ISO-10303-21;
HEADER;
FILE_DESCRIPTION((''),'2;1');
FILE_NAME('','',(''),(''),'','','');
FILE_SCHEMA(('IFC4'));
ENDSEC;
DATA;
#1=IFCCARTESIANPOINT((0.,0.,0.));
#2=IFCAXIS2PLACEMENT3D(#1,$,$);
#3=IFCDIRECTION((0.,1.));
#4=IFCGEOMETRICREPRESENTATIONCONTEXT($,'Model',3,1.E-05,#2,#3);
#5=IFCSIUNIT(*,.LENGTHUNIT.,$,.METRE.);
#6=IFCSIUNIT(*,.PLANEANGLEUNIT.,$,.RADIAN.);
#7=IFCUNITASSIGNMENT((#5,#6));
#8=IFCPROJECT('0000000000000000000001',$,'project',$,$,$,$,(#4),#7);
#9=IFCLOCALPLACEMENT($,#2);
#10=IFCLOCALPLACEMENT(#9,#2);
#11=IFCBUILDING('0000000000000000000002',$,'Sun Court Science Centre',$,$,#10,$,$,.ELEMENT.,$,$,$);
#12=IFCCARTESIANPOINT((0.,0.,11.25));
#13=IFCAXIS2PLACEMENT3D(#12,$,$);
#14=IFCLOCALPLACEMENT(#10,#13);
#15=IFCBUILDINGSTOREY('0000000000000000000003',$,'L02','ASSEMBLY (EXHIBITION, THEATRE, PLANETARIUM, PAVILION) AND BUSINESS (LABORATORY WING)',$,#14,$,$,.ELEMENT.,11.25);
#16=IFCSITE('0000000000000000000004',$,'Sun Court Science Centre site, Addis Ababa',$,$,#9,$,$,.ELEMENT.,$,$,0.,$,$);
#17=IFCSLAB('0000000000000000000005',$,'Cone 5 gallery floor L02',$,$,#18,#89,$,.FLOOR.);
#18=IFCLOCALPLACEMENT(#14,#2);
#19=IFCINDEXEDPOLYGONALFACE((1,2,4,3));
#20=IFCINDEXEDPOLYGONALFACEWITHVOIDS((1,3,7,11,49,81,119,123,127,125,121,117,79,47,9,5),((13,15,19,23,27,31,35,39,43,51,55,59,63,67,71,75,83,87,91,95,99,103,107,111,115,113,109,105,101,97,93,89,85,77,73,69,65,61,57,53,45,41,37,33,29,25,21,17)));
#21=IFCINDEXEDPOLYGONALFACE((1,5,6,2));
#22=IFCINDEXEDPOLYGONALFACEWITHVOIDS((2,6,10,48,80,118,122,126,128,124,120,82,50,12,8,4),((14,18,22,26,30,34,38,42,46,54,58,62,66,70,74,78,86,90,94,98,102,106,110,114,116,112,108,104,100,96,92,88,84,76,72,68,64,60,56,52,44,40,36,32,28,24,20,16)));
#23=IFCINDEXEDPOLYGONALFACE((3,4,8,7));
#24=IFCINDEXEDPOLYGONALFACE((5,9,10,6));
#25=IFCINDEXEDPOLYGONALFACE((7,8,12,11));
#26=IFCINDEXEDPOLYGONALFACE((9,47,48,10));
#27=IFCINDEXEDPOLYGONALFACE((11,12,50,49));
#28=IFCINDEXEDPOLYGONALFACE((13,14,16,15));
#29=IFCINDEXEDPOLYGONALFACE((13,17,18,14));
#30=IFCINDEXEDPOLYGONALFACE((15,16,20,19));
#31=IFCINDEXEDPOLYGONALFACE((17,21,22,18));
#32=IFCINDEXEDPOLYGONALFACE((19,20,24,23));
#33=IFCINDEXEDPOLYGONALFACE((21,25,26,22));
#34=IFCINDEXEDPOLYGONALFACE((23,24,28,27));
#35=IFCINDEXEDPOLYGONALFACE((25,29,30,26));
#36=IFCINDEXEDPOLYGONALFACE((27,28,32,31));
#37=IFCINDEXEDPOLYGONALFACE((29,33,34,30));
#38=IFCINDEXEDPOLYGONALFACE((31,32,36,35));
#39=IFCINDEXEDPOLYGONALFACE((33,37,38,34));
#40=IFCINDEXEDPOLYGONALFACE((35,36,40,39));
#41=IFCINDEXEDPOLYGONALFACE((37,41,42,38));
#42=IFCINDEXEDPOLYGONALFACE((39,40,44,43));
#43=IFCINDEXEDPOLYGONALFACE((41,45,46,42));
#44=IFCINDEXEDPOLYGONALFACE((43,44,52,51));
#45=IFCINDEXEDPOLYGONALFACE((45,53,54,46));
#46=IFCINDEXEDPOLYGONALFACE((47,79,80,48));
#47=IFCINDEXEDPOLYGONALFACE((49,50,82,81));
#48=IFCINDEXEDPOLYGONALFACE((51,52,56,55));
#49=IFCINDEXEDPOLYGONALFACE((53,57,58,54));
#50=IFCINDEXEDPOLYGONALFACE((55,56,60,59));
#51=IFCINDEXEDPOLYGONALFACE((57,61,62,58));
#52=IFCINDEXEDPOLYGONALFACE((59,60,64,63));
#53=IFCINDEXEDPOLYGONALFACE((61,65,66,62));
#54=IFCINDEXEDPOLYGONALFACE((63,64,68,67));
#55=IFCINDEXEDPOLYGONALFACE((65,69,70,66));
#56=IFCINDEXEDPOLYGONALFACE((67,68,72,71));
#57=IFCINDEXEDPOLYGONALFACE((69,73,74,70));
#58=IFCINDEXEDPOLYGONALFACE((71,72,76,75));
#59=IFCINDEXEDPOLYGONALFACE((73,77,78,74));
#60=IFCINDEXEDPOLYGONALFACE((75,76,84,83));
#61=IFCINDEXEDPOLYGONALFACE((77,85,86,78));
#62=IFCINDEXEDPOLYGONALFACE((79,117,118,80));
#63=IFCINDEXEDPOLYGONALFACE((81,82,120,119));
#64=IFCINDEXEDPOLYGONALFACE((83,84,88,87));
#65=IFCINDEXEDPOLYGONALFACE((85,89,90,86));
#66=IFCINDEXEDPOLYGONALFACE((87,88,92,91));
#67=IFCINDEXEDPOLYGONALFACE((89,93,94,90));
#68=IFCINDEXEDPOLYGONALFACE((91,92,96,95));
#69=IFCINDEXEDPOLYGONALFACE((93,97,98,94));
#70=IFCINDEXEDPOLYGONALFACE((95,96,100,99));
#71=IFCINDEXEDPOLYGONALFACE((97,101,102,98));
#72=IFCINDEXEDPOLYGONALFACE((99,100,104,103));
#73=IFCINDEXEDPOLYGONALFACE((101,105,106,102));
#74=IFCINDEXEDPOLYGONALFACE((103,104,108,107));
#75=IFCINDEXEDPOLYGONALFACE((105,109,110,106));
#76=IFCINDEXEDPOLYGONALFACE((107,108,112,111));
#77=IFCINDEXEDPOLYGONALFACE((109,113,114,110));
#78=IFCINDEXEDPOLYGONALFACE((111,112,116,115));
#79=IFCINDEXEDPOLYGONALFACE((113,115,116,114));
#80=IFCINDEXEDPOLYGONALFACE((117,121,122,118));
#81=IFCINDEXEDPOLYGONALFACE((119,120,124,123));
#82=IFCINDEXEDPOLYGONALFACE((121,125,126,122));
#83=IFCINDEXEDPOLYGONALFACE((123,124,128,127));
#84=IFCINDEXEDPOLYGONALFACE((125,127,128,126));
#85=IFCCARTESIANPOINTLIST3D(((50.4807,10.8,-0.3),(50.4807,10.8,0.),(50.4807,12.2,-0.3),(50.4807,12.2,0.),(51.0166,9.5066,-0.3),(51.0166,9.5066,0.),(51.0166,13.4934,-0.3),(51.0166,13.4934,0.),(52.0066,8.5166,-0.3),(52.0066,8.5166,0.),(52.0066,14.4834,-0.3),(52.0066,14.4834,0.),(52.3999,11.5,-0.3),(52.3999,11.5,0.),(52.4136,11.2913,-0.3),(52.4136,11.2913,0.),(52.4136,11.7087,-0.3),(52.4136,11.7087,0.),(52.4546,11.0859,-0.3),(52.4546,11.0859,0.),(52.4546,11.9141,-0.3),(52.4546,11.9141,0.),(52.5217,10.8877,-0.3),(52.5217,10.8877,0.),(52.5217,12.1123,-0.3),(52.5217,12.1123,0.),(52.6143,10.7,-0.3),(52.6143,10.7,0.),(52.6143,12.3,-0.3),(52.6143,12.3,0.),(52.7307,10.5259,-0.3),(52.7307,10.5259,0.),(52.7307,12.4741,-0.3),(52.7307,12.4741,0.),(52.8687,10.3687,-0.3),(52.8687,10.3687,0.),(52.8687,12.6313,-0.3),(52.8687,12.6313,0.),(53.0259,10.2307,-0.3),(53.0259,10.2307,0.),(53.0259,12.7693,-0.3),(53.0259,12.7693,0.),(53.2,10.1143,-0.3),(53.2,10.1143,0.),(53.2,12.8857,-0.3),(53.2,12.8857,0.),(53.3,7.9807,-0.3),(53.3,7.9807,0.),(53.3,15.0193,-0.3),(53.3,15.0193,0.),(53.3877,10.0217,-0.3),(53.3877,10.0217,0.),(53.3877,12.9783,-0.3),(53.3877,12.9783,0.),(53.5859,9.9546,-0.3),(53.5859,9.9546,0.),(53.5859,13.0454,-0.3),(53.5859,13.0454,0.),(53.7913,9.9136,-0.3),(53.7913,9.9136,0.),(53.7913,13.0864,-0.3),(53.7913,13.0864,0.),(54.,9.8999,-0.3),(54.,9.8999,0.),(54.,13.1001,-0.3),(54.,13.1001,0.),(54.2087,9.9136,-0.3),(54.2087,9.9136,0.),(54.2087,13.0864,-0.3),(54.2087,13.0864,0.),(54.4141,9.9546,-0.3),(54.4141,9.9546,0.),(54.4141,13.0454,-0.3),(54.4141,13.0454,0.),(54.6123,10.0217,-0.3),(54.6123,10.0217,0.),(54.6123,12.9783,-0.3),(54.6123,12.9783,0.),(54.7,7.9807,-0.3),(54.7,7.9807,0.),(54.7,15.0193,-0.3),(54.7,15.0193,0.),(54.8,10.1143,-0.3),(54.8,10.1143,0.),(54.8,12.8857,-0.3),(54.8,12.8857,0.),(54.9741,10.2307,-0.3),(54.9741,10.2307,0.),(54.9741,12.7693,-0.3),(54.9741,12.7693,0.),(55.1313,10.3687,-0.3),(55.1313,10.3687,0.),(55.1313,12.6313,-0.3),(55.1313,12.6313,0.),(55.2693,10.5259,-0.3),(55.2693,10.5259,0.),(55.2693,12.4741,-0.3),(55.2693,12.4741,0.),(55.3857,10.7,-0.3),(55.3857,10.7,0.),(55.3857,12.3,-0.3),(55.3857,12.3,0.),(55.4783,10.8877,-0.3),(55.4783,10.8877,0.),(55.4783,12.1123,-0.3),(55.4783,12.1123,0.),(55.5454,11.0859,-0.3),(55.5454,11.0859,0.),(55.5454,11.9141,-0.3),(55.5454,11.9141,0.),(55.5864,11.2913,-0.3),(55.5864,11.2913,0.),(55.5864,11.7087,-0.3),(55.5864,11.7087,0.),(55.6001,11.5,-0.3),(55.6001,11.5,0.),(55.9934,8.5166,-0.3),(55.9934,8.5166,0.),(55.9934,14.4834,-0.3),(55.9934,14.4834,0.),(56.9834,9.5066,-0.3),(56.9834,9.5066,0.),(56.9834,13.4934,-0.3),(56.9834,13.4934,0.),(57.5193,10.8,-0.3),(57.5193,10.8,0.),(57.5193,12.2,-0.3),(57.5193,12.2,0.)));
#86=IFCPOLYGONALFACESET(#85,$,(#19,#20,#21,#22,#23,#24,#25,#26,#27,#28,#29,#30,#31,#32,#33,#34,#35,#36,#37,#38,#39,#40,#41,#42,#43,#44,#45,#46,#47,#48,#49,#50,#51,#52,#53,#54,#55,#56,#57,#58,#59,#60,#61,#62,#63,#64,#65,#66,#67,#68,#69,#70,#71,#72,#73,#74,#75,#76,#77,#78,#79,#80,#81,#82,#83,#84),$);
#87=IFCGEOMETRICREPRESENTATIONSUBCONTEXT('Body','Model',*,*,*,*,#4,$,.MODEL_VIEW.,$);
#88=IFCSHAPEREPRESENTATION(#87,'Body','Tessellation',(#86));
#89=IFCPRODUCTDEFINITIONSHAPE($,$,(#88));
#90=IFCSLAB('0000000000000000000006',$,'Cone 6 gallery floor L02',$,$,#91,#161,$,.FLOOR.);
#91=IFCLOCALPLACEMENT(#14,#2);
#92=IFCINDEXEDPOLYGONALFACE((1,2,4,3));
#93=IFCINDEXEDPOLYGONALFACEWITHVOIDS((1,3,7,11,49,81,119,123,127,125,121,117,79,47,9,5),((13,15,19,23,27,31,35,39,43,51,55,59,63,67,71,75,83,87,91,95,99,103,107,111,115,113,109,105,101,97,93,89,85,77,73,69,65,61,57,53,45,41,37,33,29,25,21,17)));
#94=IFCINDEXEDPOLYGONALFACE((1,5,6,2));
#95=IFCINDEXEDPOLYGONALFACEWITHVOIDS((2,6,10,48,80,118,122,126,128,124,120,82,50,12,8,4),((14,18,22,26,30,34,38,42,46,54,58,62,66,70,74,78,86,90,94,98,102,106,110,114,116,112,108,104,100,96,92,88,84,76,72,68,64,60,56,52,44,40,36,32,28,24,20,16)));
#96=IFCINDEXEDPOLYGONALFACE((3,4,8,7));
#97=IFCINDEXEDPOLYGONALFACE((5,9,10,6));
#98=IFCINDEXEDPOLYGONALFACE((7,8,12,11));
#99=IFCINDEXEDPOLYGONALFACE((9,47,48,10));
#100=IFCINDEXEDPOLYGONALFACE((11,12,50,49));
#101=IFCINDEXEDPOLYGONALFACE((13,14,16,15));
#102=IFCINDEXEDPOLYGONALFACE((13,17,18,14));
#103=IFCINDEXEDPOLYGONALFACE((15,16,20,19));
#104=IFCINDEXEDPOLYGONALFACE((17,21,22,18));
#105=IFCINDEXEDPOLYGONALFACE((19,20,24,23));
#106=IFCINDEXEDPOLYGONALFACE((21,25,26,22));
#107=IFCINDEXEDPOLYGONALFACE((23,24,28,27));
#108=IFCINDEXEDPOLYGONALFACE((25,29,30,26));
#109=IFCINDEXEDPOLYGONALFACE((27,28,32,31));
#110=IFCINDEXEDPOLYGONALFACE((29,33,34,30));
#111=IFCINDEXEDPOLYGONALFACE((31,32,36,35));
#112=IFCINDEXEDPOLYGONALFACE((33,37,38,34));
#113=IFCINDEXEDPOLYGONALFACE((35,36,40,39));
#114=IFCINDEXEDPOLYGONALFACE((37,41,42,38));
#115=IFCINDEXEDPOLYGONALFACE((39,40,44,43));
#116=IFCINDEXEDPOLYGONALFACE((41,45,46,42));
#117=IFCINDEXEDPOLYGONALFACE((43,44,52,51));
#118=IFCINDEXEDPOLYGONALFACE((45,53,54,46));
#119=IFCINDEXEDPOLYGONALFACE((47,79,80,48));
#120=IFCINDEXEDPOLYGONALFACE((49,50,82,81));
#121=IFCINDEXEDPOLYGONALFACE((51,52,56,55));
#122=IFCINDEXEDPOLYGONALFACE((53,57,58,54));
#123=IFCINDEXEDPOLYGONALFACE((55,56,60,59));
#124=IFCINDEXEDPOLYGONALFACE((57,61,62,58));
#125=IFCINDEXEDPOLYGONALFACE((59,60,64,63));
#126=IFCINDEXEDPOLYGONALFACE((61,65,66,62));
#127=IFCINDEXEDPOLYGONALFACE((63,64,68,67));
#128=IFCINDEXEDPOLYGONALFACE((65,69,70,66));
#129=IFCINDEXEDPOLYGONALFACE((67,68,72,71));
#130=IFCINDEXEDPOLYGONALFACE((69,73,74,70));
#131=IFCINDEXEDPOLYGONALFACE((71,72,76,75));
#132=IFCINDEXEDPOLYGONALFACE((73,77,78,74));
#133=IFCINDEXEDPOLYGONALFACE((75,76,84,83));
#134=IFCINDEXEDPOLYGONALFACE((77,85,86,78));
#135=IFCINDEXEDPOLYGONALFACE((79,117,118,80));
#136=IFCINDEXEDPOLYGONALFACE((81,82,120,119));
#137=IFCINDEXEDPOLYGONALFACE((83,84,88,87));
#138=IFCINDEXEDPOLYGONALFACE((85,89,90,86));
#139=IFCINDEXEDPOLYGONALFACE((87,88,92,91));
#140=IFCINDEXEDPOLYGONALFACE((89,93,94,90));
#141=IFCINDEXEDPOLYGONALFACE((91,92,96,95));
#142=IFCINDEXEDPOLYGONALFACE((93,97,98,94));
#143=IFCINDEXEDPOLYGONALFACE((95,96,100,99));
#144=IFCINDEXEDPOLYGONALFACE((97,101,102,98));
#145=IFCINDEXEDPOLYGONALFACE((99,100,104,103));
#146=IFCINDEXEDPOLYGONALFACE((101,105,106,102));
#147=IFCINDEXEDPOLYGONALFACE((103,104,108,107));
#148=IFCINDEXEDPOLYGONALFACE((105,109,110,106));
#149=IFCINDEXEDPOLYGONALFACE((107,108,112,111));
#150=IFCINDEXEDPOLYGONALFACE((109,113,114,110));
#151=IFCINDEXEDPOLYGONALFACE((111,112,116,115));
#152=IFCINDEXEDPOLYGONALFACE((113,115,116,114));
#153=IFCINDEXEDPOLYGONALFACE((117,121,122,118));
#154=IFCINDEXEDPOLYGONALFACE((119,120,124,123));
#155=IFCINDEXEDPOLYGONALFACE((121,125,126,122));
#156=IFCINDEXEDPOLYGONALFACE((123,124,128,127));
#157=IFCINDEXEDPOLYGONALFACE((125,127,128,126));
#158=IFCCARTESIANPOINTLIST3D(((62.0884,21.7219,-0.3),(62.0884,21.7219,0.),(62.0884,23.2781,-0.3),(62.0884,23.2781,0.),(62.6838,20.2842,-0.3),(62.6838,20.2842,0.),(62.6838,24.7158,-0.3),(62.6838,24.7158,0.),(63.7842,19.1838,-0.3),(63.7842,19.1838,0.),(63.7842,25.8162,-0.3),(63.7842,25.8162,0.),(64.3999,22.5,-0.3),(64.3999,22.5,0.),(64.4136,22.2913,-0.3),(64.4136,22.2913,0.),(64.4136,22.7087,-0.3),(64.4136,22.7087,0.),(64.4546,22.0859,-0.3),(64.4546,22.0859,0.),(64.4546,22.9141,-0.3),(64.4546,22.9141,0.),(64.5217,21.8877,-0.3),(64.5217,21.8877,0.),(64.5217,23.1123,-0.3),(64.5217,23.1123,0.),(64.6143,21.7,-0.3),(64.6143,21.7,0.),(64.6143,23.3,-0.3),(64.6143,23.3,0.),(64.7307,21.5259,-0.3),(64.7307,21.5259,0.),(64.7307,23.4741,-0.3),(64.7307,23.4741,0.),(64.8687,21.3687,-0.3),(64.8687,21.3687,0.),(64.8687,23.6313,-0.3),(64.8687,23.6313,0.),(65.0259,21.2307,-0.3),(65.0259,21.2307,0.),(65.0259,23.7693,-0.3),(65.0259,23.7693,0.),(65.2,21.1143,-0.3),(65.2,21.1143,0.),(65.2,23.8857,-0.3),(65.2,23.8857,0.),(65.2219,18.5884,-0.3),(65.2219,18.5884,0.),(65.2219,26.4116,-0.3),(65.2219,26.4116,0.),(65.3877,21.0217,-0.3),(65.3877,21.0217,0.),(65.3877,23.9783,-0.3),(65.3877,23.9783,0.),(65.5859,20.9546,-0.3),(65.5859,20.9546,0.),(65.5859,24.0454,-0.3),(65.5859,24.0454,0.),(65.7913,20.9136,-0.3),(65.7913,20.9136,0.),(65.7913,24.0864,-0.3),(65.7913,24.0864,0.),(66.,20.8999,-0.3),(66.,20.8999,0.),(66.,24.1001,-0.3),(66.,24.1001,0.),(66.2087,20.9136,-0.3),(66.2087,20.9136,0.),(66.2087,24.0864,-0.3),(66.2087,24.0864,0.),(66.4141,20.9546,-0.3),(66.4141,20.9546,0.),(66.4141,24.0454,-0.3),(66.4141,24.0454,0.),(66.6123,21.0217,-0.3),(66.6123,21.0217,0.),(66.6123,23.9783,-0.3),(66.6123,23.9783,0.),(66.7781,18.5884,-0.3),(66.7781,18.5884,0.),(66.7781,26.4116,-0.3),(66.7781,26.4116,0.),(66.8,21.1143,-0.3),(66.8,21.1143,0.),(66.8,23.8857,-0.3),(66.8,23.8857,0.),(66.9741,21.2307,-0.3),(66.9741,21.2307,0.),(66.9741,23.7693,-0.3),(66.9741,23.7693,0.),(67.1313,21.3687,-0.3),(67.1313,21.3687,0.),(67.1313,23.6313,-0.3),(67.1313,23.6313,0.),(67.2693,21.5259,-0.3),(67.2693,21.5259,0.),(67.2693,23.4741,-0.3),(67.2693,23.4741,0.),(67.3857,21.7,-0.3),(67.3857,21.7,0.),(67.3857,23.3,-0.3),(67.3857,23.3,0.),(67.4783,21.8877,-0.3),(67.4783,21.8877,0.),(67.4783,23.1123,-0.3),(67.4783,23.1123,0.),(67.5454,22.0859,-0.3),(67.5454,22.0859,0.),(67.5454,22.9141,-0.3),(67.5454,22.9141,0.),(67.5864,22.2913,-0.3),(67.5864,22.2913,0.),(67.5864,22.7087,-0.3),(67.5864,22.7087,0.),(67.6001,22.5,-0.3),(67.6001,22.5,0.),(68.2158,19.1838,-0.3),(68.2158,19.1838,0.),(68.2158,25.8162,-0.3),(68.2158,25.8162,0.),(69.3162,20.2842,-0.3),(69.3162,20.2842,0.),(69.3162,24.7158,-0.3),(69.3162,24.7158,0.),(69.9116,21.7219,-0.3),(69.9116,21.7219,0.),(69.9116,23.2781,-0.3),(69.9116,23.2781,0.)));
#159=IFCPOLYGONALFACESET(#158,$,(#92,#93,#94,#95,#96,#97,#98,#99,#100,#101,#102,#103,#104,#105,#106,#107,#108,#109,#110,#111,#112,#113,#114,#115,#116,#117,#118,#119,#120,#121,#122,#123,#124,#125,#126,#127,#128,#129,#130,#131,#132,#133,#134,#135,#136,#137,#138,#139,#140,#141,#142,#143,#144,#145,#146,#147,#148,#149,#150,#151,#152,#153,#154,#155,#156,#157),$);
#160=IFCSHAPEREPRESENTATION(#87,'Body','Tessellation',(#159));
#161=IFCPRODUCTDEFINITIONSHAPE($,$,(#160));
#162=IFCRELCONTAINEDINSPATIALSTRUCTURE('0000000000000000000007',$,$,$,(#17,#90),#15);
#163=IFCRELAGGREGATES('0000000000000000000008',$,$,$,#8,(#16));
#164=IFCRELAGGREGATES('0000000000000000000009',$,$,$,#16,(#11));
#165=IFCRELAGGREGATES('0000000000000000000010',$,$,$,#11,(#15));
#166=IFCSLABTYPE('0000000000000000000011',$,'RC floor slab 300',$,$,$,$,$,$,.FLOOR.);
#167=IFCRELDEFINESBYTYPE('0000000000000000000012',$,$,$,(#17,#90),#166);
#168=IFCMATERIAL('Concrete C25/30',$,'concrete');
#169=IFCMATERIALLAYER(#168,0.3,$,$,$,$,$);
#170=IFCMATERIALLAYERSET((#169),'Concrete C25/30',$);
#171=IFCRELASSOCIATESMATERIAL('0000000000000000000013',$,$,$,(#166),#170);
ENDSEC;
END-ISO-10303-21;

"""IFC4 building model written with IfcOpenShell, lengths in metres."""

from ifc_helpers import new_model, si_unit, direction, frame, origin, place, context, subcontext, project, spatial, polyline, outline, extrude, material, layer, layer_set, type_object, element, save


model = new_model("IFC4")

# Units and contexts
model_context = context("Model", 3, precision=1e-05, world=origin(), true_north=direction((0.0, 1.0)))
body_context = subcontext(model_context, "Body", "Model", "MODEL_VIEW")
ifc_project = project(units=[si_unit("LENGTHUNIT", "METRE"), si_unit("PLANEANGLEUNIT", "RADIAN")], contexts=[model_context])

# Site, building, storey
site_placement = place(None, origin())
site = spatial("IfcSite", under=ifc_project, at=site_placement, Name="Sun Court Science Centre site, Addis Ababa", CompositionType="ELEMENT", RefElevation=0.0)
building_placement = place(site_placement, origin())
building = spatial("IfcBuilding", under=site, at=building_placement, Name="Sun Court Science Centre", CompositionType="ELEMENT")
storey_placement = place(building_placement, frame((0.0, 0.0, 11.25)))
storey = spatial("IfcBuildingStorey", under=building, at=storey_placement, Name="L02", Description="ASSEMBLY (EXHIBITION, THEATRE, PLANETARIUM, PAVILION) AND BUSINESS (LABORATORY WING)", CompositionType="ELEMENT", Elevation=11.25)

# Slabs
ifc_material_1 = material(Name="Concrete C25/30", Category="concrete")
ifc_layer_1 = layer(ifc_material_1, 0.3)
ifc_layer_set_1 = layer_set([ifc_layer_1], Name="Concrete C25/30")
slab_type = type_object("IfcSlabType", Name="RC floor slab 300", PredefinedType="FLOOR", material=ifc_layer_set_1)
slab_1_placement = place(storey_placement, frame((0.0, 0.0, -0.3)))
element("IfcSlab", 1, at=slab_1_placement, inside=storey, type_object=slab_type, Name="Cone 5 gallery floor L02", PredefinedType="FLOOR", context=body_context, shape_type="SweptSolid", body=[
    extrude(outline(polyline([(57.5193, 10.8), (57.5193, 12.2), (56.9834, 13.4934), (55.9934, 14.4834), (54.7, 15.0193), (53.3, 15.0193), (52.0066, 14.4834), (51.0166, 13.4934), (50.4807, 12.2), (50.4807, 10.8), (51.0166, 9.5066), (52.0066, 8.5166), (53.3, 7.9807), (54.7, 7.9807), (55.9934, 8.5166), (56.9834, 9.5066), (57.5193, 10.8)]), holes=[polyline([(55.5864, 11.7087), (55.6001, 11.5), (55.5864, 11.2913), (55.5454, 11.0859), (55.4783, 10.8877), (55.3857, 10.7), (55.2693, 10.5259), (55.1313, 10.3687), (54.9741, 10.2307), (54.8, 10.1143), (54.6123, 10.0217), (54.4141, 9.9546), (54.2087, 9.9136), (54.0, 9.8999), (53.7913, 9.9136), (53.5859, 9.9546), (53.3877, 10.0217), (53.2, 10.1143), (53.0259, 10.2307), (52.8687, 10.3687), (52.7307, 10.5259), (52.6143, 10.7), (52.5217, 10.8877), (52.4546, 11.0859), (52.4136, 11.2913), (52.3999, 11.5), (52.4136, 11.7087), (52.4546, 11.9141), (52.5217, 12.1123), (52.6143, 12.3), (52.7307, 12.4741), (52.8687, 12.6313), (53.0259, 12.7693), (53.2, 12.8857), (53.3877, 12.9783), (53.5859, 13.0454), (53.7913, 13.0864), (54.0, 13.1001), (54.2087, 13.0864), (54.4141, 13.0454), (54.6123, 12.9783), (54.8, 12.8857), (54.9741, 12.7693), (55.1313, 12.6313), (55.2693, 12.4741), (55.3857, 12.3), (55.4783, 12.1123), (55.5454, 11.9141), (55.5864, 11.7087)])]), origin(), (0.0, 0.0, 1.0), 0.3),
])
slab_2_placement = place(storey_placement, frame((0.0, 0.0, -0.3)))
element("IfcSlab", 2, at=slab_2_placement, inside=storey, type_object=slab_type, Name="Cone 6 gallery floor L02", PredefinedType="FLOOR", context=body_context, shape_type="SweptSolid", body=[
    extrude(outline(polyline([(69.9116, 21.7219), (69.9116, 23.2781), (69.3162, 24.7158), (68.2158, 25.8162), (66.7781, 26.4116), (65.2219, 26.4116), (63.7842, 25.8162), (62.6838, 24.7158), (62.0884, 23.2781), (62.0884, 21.7219), (62.6838, 20.2842), (63.7842, 19.1838), (65.2219, 18.5884), (66.7781, 18.5884), (68.2158, 19.1838), (69.3162, 20.2842), (69.9116, 21.7219)]), holes=[polyline([(67.5864, 22.7087), (67.6001, 22.5), (67.5864, 22.2913), (67.5454, 22.0859), (67.4783, 21.8877), (67.3857, 21.7), (67.2693, 21.5259), (67.1313, 21.3687), (66.9741, 21.2307), (66.8, 21.1143), (66.6123, 21.0217), (66.4141, 20.9546), (66.2087, 20.9136), (66.0, 20.8999), (65.7913, 20.9136), (65.5859, 20.9546), (65.3877, 21.0217), (65.2, 21.1143), (65.0259, 21.2307), (64.8687, 21.3687), (64.7307, 21.5259), (64.6143, 21.7), (64.5217, 21.8877), (64.4546, 22.0859), (64.4136, 22.2913), (64.3999, 22.5), (64.4136, 22.7087), (64.4546, 22.9141), (64.5217, 23.1123), (64.6143, 23.3), (64.7307, 23.4741), (64.8687, 23.6313), (65.0259, 23.7693), (65.2, 23.8857), (65.3877, 23.9783), (65.5859, 24.0454), (65.7913, 24.0864), (66.0, 24.1001), (66.2087, 24.0864), (66.4141, 24.0454), (66.6123, 23.9783), (66.8, 23.8857), (66.9741, 23.7693), (67.1313, 23.6313), (67.2693, 23.4741), (67.3857, 23.3), (67.4783, 23.1123), (67.5454, 22.9141), (67.5864, 22.7087)])]), origin(), (0.0, 0.0, 1.0), 0.3),
])

save(model, "model.ifc")
